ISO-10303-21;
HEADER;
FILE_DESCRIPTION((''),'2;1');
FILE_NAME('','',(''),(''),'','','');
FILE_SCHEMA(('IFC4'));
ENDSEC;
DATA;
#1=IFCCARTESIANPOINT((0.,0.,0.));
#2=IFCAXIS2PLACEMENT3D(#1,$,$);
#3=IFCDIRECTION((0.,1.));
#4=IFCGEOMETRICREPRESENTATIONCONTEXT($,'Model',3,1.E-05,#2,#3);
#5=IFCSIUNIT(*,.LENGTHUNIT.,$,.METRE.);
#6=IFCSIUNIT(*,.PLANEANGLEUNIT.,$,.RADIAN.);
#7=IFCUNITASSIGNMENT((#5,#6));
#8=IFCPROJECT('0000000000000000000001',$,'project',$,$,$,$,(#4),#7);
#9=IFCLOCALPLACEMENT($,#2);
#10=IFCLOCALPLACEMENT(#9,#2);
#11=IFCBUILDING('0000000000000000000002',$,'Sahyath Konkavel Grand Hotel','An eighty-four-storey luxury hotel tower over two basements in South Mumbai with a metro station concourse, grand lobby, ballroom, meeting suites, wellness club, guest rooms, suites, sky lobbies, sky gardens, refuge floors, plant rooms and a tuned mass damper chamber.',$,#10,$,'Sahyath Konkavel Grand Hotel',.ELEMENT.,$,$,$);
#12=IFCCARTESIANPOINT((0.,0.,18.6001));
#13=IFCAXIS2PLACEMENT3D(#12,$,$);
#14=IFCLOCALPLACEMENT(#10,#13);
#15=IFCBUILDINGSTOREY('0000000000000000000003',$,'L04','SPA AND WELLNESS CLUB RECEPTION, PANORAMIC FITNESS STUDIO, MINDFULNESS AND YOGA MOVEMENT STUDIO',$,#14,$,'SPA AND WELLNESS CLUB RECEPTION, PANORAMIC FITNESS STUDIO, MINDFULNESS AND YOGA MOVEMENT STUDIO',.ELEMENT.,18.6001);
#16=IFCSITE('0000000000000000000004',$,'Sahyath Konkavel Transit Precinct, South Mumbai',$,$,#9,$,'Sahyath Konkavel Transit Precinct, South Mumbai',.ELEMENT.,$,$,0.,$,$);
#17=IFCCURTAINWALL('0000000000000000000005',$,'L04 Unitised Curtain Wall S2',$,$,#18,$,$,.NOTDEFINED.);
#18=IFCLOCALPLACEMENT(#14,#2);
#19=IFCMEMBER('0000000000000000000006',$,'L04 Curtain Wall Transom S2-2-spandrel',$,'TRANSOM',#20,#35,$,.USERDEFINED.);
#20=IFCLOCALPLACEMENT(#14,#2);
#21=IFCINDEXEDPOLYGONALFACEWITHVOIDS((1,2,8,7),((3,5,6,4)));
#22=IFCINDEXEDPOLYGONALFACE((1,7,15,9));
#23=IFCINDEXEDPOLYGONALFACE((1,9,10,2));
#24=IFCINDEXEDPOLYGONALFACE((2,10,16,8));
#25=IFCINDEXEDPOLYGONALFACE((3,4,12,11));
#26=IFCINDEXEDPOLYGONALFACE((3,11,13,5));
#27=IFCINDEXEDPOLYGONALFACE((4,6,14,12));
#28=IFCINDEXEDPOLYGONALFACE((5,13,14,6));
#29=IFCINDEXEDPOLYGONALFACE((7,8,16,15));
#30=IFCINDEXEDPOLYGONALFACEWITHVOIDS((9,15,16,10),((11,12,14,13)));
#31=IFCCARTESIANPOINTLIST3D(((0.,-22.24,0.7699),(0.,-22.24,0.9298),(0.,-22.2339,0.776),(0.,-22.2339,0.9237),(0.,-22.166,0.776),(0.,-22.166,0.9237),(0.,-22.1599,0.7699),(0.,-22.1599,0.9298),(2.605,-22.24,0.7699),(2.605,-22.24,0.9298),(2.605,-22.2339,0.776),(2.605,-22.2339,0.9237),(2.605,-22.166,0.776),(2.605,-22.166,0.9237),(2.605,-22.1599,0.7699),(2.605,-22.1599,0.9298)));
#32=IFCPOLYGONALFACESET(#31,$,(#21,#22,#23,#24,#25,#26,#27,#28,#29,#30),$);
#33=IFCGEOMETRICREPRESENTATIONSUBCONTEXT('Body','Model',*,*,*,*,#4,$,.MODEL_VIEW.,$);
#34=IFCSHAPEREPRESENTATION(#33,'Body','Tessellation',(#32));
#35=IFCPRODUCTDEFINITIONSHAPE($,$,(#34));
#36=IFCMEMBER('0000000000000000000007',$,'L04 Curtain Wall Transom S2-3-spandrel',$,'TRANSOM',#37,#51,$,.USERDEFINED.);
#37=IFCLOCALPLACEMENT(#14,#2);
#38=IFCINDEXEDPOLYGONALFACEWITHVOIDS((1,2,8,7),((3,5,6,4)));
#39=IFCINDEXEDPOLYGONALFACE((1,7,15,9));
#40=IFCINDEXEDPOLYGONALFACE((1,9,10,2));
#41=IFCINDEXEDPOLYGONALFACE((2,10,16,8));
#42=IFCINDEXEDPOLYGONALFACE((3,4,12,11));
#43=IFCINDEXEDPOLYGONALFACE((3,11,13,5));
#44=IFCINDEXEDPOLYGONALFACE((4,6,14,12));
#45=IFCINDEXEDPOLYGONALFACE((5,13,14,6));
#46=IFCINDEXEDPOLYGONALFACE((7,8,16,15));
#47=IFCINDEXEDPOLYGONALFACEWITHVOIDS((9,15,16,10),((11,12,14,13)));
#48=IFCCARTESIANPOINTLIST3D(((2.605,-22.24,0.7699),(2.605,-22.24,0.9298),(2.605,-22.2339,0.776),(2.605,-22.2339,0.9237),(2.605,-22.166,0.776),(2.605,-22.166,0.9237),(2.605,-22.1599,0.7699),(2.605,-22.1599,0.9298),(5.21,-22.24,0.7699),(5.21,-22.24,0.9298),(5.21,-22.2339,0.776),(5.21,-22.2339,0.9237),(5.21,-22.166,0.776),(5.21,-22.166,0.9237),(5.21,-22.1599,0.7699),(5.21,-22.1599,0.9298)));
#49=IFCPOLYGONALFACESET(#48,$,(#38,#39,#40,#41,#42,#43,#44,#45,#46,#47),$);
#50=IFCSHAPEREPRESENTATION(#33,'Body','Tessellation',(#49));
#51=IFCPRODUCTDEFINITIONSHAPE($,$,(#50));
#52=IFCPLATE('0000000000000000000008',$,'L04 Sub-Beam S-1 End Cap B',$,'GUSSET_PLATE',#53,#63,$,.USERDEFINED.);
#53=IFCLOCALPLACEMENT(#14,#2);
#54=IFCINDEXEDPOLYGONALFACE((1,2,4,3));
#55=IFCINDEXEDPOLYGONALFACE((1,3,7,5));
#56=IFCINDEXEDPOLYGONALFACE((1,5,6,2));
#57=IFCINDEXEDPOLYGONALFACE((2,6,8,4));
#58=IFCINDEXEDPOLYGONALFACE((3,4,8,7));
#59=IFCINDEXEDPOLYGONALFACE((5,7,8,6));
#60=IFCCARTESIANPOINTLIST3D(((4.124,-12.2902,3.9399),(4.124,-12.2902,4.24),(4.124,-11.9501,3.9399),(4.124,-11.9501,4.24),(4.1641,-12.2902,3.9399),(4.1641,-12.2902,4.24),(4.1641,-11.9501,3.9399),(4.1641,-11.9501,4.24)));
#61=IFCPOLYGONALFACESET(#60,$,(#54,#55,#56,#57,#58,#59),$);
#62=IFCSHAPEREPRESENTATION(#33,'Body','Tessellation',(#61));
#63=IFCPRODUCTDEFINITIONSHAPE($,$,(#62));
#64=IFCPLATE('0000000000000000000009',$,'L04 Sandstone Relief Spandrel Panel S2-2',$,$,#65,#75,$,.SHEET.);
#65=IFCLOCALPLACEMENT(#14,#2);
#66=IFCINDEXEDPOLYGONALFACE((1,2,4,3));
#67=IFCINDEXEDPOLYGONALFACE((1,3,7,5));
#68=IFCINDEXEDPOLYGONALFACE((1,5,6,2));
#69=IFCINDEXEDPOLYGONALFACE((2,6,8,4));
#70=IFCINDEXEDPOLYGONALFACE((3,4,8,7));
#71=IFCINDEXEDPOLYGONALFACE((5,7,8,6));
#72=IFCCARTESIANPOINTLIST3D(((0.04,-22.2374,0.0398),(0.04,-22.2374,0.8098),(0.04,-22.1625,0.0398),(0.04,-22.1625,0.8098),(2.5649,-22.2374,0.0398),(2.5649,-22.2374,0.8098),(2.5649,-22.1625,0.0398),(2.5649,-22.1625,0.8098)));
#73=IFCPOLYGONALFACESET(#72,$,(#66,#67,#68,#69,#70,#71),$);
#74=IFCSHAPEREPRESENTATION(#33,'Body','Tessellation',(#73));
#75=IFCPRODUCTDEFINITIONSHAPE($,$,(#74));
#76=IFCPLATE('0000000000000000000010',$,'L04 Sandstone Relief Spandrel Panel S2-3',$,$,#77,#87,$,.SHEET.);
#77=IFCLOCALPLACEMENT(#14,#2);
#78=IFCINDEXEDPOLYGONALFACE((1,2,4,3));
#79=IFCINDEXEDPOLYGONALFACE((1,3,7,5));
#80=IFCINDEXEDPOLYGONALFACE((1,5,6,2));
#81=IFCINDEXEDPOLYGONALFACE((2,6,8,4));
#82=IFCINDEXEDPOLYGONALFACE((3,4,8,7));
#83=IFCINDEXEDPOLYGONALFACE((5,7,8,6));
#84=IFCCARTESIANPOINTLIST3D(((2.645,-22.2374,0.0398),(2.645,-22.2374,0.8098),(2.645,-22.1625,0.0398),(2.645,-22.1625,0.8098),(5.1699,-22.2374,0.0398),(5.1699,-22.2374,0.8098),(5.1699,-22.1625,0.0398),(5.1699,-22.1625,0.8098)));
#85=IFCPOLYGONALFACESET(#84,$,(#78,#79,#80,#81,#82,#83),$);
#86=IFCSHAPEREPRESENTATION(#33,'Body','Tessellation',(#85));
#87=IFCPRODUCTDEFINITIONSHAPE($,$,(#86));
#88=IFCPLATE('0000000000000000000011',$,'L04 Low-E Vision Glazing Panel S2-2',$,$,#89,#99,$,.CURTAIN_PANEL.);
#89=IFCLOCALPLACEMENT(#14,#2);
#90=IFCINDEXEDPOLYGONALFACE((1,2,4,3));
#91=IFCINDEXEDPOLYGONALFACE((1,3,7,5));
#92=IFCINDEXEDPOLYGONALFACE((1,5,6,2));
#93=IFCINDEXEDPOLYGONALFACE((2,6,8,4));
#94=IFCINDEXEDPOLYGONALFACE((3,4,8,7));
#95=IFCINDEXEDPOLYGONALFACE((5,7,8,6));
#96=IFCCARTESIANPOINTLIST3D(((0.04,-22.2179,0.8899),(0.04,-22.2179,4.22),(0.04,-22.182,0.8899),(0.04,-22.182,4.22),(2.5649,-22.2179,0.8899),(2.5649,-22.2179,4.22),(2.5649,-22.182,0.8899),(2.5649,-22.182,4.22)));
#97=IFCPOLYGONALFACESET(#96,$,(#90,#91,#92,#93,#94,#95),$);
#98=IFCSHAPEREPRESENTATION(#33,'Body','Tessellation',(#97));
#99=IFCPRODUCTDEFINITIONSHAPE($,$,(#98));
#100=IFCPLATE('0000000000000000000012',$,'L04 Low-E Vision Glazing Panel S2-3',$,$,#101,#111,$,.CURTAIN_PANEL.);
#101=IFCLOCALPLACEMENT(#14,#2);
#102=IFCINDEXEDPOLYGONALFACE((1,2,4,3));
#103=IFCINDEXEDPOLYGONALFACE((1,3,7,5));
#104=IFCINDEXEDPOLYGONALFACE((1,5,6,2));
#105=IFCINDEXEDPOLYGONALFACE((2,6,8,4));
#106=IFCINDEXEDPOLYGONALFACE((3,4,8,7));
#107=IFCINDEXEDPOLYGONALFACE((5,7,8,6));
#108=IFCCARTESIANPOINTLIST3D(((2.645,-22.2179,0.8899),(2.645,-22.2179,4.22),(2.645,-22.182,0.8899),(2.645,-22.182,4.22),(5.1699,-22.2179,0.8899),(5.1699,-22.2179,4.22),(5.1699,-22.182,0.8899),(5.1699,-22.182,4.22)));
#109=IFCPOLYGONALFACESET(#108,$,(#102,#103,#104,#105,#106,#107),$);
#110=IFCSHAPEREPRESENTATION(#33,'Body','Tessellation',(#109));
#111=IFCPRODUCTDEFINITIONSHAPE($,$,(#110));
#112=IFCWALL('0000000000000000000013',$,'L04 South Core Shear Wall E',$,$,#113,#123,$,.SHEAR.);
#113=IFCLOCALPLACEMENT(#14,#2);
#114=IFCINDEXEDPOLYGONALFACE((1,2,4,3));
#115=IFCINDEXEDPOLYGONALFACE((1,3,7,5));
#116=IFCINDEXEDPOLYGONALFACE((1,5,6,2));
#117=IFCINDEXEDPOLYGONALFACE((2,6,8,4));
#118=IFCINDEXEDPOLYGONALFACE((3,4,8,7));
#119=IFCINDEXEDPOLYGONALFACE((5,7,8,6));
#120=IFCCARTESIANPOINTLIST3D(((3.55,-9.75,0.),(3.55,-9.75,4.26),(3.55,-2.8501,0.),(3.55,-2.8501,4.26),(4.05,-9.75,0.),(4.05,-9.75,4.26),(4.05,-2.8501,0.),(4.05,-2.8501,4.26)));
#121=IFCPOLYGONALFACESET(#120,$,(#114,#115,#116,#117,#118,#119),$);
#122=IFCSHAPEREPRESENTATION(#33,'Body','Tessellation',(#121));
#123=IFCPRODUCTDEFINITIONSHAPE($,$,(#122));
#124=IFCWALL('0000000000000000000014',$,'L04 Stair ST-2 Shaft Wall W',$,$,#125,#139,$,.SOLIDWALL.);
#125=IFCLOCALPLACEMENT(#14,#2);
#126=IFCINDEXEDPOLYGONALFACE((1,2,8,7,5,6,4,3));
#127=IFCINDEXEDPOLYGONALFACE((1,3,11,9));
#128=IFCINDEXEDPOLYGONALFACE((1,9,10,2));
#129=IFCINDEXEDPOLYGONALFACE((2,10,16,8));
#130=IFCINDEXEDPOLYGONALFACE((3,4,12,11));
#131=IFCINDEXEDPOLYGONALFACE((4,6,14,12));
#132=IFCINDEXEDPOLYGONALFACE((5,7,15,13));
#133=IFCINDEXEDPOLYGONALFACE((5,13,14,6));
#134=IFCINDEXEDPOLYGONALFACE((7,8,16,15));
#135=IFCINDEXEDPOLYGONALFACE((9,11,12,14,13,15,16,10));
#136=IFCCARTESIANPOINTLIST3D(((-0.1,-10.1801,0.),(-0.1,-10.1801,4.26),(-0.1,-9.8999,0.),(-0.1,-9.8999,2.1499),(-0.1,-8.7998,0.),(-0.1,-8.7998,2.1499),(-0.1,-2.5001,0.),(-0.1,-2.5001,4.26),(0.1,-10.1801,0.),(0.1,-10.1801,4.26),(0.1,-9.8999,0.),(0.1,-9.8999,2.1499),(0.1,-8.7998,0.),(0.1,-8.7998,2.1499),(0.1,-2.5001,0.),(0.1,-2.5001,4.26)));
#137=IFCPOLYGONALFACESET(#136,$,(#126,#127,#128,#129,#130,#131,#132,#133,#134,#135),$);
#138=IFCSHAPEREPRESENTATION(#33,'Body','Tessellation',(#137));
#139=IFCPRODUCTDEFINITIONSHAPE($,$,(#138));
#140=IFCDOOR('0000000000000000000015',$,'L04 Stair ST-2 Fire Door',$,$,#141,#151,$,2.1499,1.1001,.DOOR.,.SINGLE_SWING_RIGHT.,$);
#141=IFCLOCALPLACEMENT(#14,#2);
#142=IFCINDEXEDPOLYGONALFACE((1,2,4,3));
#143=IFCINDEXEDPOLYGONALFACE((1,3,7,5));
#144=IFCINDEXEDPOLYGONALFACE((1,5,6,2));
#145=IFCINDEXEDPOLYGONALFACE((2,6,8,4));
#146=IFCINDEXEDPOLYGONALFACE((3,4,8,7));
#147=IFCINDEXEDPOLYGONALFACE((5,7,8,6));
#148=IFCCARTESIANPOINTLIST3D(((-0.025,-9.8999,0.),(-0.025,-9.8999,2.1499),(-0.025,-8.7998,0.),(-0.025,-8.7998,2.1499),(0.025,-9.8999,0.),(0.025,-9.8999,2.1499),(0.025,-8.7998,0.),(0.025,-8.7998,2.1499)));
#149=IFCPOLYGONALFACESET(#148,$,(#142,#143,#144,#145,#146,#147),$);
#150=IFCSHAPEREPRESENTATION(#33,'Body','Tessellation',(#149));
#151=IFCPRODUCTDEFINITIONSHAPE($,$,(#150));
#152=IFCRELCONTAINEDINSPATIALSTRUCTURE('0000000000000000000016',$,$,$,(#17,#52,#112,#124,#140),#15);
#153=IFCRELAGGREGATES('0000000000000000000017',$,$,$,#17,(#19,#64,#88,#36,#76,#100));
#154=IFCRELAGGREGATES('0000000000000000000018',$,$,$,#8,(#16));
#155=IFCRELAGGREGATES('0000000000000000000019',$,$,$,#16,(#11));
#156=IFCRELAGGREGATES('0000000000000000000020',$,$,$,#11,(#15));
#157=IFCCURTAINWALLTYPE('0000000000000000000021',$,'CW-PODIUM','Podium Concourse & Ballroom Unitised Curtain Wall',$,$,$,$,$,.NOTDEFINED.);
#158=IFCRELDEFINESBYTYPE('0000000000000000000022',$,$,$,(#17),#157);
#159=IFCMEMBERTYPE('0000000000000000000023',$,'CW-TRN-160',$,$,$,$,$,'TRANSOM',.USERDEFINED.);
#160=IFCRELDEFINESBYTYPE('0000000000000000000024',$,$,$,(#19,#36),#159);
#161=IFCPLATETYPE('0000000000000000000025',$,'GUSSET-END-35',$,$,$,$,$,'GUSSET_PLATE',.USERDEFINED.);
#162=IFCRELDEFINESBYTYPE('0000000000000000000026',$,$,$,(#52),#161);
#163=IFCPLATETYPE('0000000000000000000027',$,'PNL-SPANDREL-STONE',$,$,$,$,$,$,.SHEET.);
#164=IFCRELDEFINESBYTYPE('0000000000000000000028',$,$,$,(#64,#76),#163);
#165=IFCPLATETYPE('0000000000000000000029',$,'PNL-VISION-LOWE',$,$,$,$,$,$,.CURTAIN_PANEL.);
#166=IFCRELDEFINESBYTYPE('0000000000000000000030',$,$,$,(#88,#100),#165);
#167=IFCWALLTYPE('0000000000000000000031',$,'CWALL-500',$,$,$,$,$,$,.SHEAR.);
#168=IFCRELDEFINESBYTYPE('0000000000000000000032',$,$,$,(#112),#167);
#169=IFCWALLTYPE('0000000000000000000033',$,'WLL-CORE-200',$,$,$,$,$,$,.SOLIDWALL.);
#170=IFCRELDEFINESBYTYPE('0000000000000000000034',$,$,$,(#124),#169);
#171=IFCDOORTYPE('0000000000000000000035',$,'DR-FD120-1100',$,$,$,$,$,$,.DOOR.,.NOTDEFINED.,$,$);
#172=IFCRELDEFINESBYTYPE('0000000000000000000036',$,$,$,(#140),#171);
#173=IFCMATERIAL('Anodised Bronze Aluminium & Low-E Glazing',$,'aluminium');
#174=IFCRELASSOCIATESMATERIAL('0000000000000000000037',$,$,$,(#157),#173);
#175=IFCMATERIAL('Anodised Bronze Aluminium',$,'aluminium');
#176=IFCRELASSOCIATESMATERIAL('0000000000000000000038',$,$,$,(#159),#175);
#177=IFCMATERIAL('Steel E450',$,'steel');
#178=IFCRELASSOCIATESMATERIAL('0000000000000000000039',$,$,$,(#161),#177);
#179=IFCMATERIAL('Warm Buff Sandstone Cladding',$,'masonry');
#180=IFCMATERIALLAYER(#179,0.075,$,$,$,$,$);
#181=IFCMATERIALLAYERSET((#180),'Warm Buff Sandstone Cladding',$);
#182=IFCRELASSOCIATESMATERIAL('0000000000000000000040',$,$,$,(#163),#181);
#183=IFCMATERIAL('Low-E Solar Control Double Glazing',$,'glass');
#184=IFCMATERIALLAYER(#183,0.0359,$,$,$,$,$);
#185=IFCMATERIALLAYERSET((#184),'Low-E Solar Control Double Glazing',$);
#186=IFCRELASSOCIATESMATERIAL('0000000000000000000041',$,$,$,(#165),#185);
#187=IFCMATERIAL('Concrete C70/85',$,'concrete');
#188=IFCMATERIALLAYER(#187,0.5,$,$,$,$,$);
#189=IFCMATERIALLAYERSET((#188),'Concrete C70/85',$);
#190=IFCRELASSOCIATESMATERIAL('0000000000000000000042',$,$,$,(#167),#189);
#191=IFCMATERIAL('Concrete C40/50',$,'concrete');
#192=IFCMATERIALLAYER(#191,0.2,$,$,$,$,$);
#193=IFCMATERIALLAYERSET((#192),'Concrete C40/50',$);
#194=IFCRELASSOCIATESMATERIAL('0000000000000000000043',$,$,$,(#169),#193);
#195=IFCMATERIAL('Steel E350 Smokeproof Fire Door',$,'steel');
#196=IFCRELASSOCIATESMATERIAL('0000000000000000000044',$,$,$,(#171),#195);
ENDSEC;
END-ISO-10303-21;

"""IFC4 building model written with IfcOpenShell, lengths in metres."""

from ifc_helpers import new_model, si_unit, direction, frame, frame_2d, origin, origin_2d, place, context, subcontext, project, spatial, rectangle, hollow_rectangle, extrude, source, transform, mapped, material, layer, layer_set, material_profile, profile_set, type_object, element, fill, aggregate, save


model = new_model("IFC4")

# Units and contexts
model_context = context("Model", 3, precision=1e-05, world=origin(), true_north=direction((0.0, 1.0)))
body_context = subcontext(model_context, "Body", "Model", "MODEL_VIEW")
ifc_project = project(units=[si_unit("LENGTHUNIT", "METRE"), si_unit("PLANEANGLEUNIT", "RADIAN")], contexts=[model_context])

# Site, building, storey
site_placement = place(None, origin())
site = spatial("IfcSite", under=ifc_project, at=site_placement, Name="Sahyath Konkavel Transit Precinct, South Mumbai", LongName="Sahyath Konkavel Transit Precinct, South Mumbai", CompositionType="ELEMENT", RefElevation=0.0)
building_placement = place(site_placement, origin())
building = spatial("IfcBuilding", under=site, at=building_placement, Name="Sahyath Konkavel Grand Hotel", Description="An eighty-four-storey luxury hotel tower over two basements in South Mumbai with a metro station concourse, grand lobby, ballroom, meeting suites, wellness club, guest rooms, suites, sky lobbies, sky gardens, refuge floors, plant rooms and a tuned mass damper chamber.", LongName="Sahyath Konkavel Grand Hotel", CompositionType="ELEMENT")
storey_placement = place(building_placement, frame((0.0, 0.0, 18.6001)))
storey = spatial("IfcBuildingStorey", under=building, at=storey_placement, Name="L04", Description="SPA AND WELLNESS CLUB RECEPTION, PANORAMIC FITNESS STUDIO, MINDFULNESS AND YOGA MOVEMENT STUDIO", LongName="SPA AND WELLNESS CLUB RECEPTION, PANORAMIC FITNESS STUDIO, MINDFULNESS AND YOGA MOVEMENT STUDIO", CompositionType="ELEMENT", Elevation=18.6001)

# Shared definitions
ifc_material_1 = material(Name="Concrete C70/85", Category="concrete")

# Curtain wall
ifc_material_2 = material(Name="Anodised Bronze Aluminium & Low-E Glazing", Category="aluminium")
curtain_wall_type = type_object("IfcCurtainWallType", Name="CW-PODIUM", Description="Podium Concourse & Ballroom Unitised Curtain Wall", PredefinedType="NOTDEFINED", material=ifc_material_2)
curtain_wall_1_placement = place(storey_placement, origin())
curtain_wall_1 = element("IfcCurtainWall", 1, at=curtain_wall_1_placement, inside=storey, type_object=curtain_wall_type, Name="L04 Unitised Curtain Wall S2", PredefinedType="NOTDEFINED")
ifc_material_3 = material(Name="Anodised Bronze Aluminium", Category="aluminium")

# Members
ifc_material_profile_1 = material_profile(ifc_material_3, hollow_rectangle(XDim=0.0801, YDim=0.1599, WallThickness=0.0061, at=origin_2d()), Name="RHS 160x80x6")
ifc_profile_set_1 = profile_set([ifc_material_profile_1], Name="Anodised Bronze Aluminium")
member_type_1 = type_object("IfcMemberType", Name="CW-TRN-160", ElementType="TRANSOM", PredefinedType="USERDEFINED", material=ifc_profile_set_1)
shared_shape_1 = source(origin(), body_context, "Body", "SweptSolid", [
    extrude(hollow_rectangle(XDim=0.0801, YDim=0.1599, WallThickness=0.0061, at=origin_2d()), origin(), (0.0, 0.0, 1.0), 2.605),
])
member_1_placement = place(storey_placement, frame((0.0, -22.2, 0.8499), z_axis=(1.0, 0.0, 0.0), x_axis=(0.0, 1.0, 0.0)))
member_1 = element("IfcMember", 2, at=member_1_placement, type_object=member_type_1, Name="L04 Curtain Wall Transom S2-2-spandrel", ObjectType="TRANSOM", PredefinedType="USERDEFINED", context=body_context, shape_type="MappedRepresentation", body=[
    mapped(shared_shape_1, transform((0.0, 0.0, 0.0), scale=1.0)),
])
member_2_placement = place(storey_placement, frame((2.605, -22.2, 0.8499), z_axis=(1.0, 0.0, 0.0), x_axis=(0.0, 1.0, 0.0)))
member_2 = element("IfcMember", 3, at=member_2_placement, type_object=member_type_1, Name="L04 Curtain Wall Transom S2-3-spandrel", ObjectType="TRANSOM", PredefinedType="USERDEFINED", context=body_context, shape_type="MappedRepresentation", body=[
    mapped(shared_shape_1, transform((0.0, 0.0, 0.0), scale=1.0)),
])

# Plates
ifc_material_4 = material(Name="Steel E450", Category="steel")
plate_type_1 = type_object("IfcPlateType", Name="GUSSET-END-35", ElementType="GUSSET_PLATE", PredefinedType="USERDEFINED", material=ifc_material_4)
shared_shape_2 = source(origin(), body_context, "Body", "SweptSolid", [
    extrude(rectangle(XDim=0.04, YDim=0.3401, at=origin_2d()), origin(), (0.0, 0.0, 1.0), 0.3),
])
plate_1_placement = place(storey_placement, frame((4.144, -12.1201, 3.9399), z_axis=(0.0, 0.0, 1.0), x_axis=(1.0, 0.0, 0.0)))
element("IfcPlate", 4, at=plate_1_placement, inside=storey, type_object=plate_type_1, Name="L04 Sub-Beam S-1 End Cap B", ObjectType="GUSSET_PLATE", PredefinedType="USERDEFINED", context=body_context, shape_type="MappedRepresentation", body=[
    mapped(shared_shape_2, transform((0.0, 0.0, 0.0), scale=1.0)),
])
ifc_material_5 = material(Name="Warm Buff Sandstone Cladding", Category="masonry")
ifc_layer_1 = layer(ifc_material_5, 0.075)
ifc_layer_set_1 = layer_set([ifc_layer_1], Name="Warm Buff Sandstone Cladding")
plate_type_2 = type_object("IfcPlateType", Name="PNL-SPANDREL-STONE", PredefinedType="SHEET", material=ifc_layer_set_1)
shared_shape_3 = source(origin(), body_context, "Body", "SweptSolid", [
    extrude(rectangle(XDim=2.5249, YDim=0.075, at=origin_2d()), origin(), (0.0, 0.0, 1.0), 0.77),
])
plate_2_placement = place(storey_placement, frame((1.3025, -22.2, 0.0398), z_axis=(0.0, 0.0, 1.0), x_axis=(1.0, 0.0, 0.0)))
plate_2 = element("IfcPlate", 5, at=plate_2_placement, type_object=plate_type_2, Name="L04 Sandstone Relief Spandrel Panel S2-2", PredefinedType="SHEET", context=body_context, shape_type="MappedRepresentation", body=[
    mapped(shared_shape_3, transform((0.0, 0.0, 0.0), scale=1.0)),
])
plate_3_placement = place(storey_placement, frame((3.9075, -22.2, 0.0398), z_axis=(0.0, 0.0, 1.0), x_axis=(1.0, 0.0, 0.0)))
plate_3 = element("IfcPlate", 6, at=plate_3_placement, type_object=plate_type_2, Name="L04 Sandstone Relief Spandrel Panel S2-3", PredefinedType="SHEET", context=body_context, shape_type="MappedRepresentation", body=[
    mapped(shared_shape_3, transform((0.0, 0.0, 0.0), scale=1.0)),
])
ifc_material_6 = material(Name="Low-E Solar Control Double Glazing", Category="glass")
ifc_layer_2 = layer(ifc_material_6, 0.0359)
ifc_layer_set_2 = layer_set([ifc_layer_2], Name="Low-E Solar Control Double Glazing")
plate_type_3 = type_object("IfcPlateType", Name="PNL-VISION-LOWE", PredefinedType="CURTAIN_PANEL", material=ifc_layer_set_2)
shared_shape_4 = source(origin(), body_context, "Body", "SweptSolid", [
    extrude(rectangle(XDim=2.5249, YDim=0.0359, at=origin_2d()), origin(), (0.0, 0.0, 1.0), 3.3301),
])
plate_4_placement = place(storey_placement, frame((1.3025, -22.2, 0.8899), z_axis=(0.0, 0.0, 1.0), x_axis=(1.0, 0.0, 0.0)))
plate_4 = element("IfcPlate", 7, at=plate_4_placement, type_object=plate_type_3, Name="L04 Low-E Vision Glazing Panel S2-2", PredefinedType="CURTAIN_PANEL", context=body_context, shape_type="MappedRepresentation", body=[
    mapped(shared_shape_4, transform((0.0, 0.0, 0.0), scale=1.0)),
])
plate_5_placement = place(storey_placement, frame((3.9075, -22.2, 0.8899), z_axis=(0.0, 0.0, 1.0), x_axis=(1.0, 0.0, 0.0)))
plate_5 = element("IfcPlate", 8, at=plate_5_placement, type_object=plate_type_3, Name="L04 Low-E Vision Glazing Panel S2-3", PredefinedType="CURTAIN_PANEL", context=body_context, shape_type="MappedRepresentation", body=[
    mapped(shared_shape_4, transform((0.0, 0.0, 0.0), scale=1.0)),
])
aggregate(curtain_wall_1, [member_1, plate_2, plate_4, member_2, plate_3, plate_5])

# Wall
ifc_layer_3 = layer(ifc_material_1, 0.5)
ifc_layer_set_3 = layer_set([ifc_layer_3], Name="Concrete C70/85")
wall_type_1 = type_object("IfcWallType", Name="CWALL-500", PredefinedType="SHEAR", material=ifc_layer_set_3)
wall_1_placement = place(storey_placement, frame((3.8, -9.75, 0.0), z_axis=(0.0, 0.0, 1.0), x_axis=(0.0, 1.0, 0.0)))
element("IfcWall", 9, at=wall_1_placement, inside=storey, type_object=wall_type_1, Name="L04 South Core Shear Wall E", PredefinedType="SHEAR", context=body_context, shape_type="SweptSolid", body=[
    extrude(rectangle(XDim=6.8999, YDim=0.5, at=frame_2d((3.45, 0.0))), origin(), (0.0, 0.0, 1.0), 4.26),
])

# Wall, opening, door
ifc_material_7 = material(Name="Concrete C40/50", Category="concrete")
ifc_layer_4 = layer(ifc_material_7, 0.2)
ifc_layer_set_4 = layer_set([ifc_layer_4], Name="Concrete C40/50")
wall_type_2 = type_object("IfcWallType", Name="WLL-CORE-200", PredefinedType="SOLIDWALL", material=ifc_layer_set_4)
wall_2_placement = place(storey_placement, frame((0.0, -10.1799, 0.0), z_axis=(0.0, 0.0, 1.0), x_axis=(0.0, 1.0, 0.0)))
wall_2 = element("IfcWall", 10, at=wall_2_placement, inside=storey, type_object=wall_type_2, Name="L04 Stair ST-2 Shaft Wall W", PredefinedType="SOLIDWALL", context=body_context, shape_type="SweptSolid", body=[
    extrude(rectangle(XDim=7.6799, YDim=0.2, at=frame_2d((3.8398, 0.0))), origin(), (0.0, 0.0, 1.0), 4.26),
])
opening_placement = place(wall_2_placement, frame((0.28, 0.0, 0.0)))
opening = element("IfcOpeningElement", 11, at=opening_placement, cuts=wall_2, PredefinedType="OPENING", context=body_context, shape_type="SweptSolid", body=[
    extrude(rectangle(XDim=1.1001, YDim=2.1499, at=frame_2d((0.55, 1.075))), frame((0.0, 0.1099, 0.0), z_axis=(0.0, -1.0, 0.0), x_axis=(1.0, 0.0, 0.0)), (0.0, 0.0, 1.0), 0.22),
])
ifc_material_8 = material(Name="Steel E350 Smokeproof Fire Door", Category="steel")
door_type = type_object("IfcDoorType", Name="DR-FD120-1100", OperationType="NOTDEFINED", PredefinedType="DOOR", material=ifc_material_8)
shared_shape_5 = source(origin(), body_context, "Body", "SweptSolid", [
    extrude(rectangle(XDim=1.1001, YDim=0.05, at=origin_2d()), origin(), (0.0, 0.0, 1.0), 2.1499),
])
door_placement = place(opening_placement, frame((0.55, 0.0, 0.0)))
door = element("IfcDoor", 12, at=door_placement, inside=storey, type_object=door_type, Name="L04 Stair ST-2 Fire Door", OperationType="SINGLE_SWING_RIGHT", OverallHeight=2.1499, OverallWidth=1.1001, PredefinedType="DOOR", context=body_context, shape_type="MappedRepresentation", body=[
    mapped(shared_shape_5, transform((0.0, 0.0, 0.0), scale=1.0)),
])
fill(opening, door)

save(model, "model.ifc")
